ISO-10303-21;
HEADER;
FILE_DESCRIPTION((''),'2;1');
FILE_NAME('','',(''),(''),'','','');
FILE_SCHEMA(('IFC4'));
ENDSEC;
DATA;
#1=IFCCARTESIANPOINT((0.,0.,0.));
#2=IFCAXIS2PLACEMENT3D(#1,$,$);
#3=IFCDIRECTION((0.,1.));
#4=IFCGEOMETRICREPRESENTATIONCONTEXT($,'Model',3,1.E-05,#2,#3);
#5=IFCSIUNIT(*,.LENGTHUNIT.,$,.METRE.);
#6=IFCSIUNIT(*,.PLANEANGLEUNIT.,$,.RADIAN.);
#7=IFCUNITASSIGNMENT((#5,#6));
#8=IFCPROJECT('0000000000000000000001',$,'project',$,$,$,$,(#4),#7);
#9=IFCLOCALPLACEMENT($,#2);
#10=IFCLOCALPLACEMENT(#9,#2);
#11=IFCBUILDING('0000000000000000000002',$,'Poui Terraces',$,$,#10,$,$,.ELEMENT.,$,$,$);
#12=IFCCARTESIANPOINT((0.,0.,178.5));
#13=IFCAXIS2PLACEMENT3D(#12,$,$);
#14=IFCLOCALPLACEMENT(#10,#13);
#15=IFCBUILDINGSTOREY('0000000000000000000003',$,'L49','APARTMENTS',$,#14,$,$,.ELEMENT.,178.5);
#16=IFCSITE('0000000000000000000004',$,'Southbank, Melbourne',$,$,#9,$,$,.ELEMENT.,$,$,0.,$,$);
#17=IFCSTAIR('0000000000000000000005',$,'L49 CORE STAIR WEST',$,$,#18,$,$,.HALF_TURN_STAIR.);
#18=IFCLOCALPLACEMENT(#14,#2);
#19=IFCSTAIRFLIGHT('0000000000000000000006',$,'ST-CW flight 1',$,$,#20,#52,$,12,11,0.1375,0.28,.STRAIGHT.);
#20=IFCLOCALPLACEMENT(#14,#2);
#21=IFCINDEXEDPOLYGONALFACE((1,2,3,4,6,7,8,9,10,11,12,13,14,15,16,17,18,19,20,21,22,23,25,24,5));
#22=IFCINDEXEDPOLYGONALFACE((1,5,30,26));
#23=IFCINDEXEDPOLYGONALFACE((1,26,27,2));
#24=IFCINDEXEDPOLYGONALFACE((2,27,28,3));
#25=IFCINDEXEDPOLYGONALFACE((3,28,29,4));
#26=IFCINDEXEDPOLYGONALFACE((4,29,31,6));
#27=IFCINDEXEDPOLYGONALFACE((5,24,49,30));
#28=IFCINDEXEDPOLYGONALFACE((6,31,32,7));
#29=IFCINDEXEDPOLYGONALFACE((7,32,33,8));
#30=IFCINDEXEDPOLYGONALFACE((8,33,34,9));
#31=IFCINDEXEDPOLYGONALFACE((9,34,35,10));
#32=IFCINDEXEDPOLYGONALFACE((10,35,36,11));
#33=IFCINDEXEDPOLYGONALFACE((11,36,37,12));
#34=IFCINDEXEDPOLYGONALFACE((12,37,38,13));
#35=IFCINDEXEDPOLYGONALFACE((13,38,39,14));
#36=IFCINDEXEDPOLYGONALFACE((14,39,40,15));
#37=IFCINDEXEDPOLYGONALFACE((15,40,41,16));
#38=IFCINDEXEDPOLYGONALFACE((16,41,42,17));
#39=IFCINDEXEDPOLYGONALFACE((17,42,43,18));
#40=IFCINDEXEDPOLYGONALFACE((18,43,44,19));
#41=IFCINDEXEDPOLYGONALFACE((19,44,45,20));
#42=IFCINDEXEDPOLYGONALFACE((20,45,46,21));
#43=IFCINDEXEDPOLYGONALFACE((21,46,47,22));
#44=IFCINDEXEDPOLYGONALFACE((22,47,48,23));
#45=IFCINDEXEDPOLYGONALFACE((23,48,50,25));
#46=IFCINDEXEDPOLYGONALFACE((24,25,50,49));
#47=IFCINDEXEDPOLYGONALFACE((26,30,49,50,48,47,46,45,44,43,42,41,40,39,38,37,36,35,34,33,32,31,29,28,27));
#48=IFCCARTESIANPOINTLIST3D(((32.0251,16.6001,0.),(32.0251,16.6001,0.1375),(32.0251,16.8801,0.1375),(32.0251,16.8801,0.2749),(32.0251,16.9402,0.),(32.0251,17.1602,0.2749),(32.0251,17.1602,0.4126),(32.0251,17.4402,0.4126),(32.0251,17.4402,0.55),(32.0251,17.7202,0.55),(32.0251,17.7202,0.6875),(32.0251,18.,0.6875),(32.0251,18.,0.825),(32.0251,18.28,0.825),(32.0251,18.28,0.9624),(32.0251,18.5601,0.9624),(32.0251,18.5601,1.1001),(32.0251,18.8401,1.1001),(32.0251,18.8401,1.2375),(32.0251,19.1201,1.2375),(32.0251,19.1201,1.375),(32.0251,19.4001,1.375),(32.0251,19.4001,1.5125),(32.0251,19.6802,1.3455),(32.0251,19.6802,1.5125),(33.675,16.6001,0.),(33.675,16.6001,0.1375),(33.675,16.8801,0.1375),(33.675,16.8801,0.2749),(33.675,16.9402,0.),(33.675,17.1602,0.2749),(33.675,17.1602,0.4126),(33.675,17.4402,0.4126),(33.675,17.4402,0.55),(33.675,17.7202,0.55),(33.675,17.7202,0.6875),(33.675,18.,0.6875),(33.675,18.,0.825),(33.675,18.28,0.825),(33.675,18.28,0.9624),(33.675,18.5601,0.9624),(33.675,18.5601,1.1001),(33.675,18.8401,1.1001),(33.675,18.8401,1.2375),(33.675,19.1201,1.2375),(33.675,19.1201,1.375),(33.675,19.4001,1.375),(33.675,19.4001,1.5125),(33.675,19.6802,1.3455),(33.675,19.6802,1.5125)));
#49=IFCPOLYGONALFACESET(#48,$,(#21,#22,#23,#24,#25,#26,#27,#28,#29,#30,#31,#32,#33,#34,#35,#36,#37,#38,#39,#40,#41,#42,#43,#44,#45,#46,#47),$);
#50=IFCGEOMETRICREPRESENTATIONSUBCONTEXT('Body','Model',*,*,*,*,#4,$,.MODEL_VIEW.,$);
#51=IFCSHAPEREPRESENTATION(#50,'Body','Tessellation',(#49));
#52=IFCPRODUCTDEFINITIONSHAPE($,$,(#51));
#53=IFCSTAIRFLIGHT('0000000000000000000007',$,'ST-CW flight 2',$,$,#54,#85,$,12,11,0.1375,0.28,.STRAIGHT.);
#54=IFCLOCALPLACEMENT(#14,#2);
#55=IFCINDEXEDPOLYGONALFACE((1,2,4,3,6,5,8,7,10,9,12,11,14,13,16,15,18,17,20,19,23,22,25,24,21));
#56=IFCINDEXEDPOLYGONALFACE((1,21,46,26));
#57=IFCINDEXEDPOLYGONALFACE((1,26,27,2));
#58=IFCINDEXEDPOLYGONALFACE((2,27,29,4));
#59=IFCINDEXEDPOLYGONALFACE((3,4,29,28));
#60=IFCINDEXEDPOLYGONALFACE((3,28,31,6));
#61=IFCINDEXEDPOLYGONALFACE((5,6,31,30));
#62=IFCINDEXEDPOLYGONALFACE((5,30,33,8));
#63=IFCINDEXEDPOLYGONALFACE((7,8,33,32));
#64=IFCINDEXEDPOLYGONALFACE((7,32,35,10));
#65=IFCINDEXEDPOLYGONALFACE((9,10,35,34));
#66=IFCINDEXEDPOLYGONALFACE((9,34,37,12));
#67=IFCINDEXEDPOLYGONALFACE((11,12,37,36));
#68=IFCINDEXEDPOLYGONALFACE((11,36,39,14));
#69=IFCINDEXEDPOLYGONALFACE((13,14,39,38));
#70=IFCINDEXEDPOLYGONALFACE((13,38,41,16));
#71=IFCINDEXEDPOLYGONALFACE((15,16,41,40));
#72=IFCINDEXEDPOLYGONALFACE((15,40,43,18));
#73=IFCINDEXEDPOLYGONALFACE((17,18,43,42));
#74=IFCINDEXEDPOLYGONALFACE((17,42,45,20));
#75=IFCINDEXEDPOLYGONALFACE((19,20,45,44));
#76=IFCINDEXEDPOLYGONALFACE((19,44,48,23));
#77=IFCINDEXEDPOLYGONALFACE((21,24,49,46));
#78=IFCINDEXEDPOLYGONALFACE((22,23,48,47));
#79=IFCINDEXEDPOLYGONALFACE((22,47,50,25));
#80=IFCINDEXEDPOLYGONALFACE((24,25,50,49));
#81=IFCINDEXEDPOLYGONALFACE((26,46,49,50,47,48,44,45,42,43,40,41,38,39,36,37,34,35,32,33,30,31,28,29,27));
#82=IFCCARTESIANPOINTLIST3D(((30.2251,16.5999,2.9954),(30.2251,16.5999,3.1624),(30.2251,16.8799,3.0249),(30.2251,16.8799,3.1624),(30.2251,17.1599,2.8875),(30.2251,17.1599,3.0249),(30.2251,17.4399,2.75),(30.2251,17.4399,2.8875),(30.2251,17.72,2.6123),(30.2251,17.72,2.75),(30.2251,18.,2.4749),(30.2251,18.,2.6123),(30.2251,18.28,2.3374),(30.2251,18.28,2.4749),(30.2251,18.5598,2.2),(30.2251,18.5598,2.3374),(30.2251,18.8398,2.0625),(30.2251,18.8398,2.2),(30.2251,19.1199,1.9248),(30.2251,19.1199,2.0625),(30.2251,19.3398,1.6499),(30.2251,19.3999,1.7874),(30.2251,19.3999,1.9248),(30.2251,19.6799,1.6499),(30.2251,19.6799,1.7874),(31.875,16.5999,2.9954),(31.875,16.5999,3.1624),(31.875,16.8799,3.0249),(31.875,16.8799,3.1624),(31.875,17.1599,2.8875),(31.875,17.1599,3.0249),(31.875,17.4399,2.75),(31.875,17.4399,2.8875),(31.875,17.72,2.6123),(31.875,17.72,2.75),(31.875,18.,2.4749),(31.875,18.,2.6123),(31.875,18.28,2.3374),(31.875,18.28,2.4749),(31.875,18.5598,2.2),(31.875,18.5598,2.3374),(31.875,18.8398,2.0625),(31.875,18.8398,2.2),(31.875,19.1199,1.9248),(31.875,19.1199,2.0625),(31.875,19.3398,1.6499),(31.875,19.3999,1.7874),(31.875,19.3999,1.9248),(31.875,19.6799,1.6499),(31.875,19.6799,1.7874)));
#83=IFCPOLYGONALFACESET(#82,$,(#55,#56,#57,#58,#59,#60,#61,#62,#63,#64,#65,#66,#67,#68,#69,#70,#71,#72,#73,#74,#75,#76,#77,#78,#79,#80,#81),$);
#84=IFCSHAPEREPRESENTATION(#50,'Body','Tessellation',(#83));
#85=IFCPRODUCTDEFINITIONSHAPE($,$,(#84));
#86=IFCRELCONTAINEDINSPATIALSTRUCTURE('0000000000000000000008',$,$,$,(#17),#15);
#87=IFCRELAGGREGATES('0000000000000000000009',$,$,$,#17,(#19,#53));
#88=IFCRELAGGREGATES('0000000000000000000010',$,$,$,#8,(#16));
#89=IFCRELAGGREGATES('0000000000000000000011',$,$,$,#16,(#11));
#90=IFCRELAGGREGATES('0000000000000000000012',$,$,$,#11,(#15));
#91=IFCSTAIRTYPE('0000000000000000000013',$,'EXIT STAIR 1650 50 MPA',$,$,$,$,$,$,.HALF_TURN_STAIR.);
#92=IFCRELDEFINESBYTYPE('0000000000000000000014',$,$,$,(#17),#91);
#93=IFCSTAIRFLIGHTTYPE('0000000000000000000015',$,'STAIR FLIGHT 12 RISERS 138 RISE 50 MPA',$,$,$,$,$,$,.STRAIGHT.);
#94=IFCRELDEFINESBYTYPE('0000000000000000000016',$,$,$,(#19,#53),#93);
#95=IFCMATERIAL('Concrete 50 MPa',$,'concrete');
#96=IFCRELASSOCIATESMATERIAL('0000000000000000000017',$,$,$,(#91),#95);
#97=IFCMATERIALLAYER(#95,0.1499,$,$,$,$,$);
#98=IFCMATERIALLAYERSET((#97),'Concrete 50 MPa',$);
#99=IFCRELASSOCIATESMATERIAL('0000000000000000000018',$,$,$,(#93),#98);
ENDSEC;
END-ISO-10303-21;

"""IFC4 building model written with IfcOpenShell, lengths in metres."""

from ifc_helpers import new_model, si_unit, direction, frame, origin, place, context, subcontext, project, spatial, polyline, outline, extrude, material, layer, layer_set, type_object, element, aggregate, save


model = new_model("IFC4")

# Units and contexts
model_context = context("Model", 3, precision=1e-05, world=origin(), true_north=direction((0.0, 1.0)))
body_context = subcontext(model_context, "Body", "Model", "MODEL_VIEW")
ifc_project = project(units=[si_unit("LENGTHUNIT", "METRE"), si_unit("PLANEANGLEUNIT", "RADIAN")], contexts=[model_context])

# Site, building, storey
site_placement = place(None, origin())
site = spatial("IfcSite", under=ifc_project, at=site_placement, Name="Southbank, Melbourne", CompositionType="ELEMENT", RefElevation=0.0)
building_placement = place(site_placement, origin())
building = spatial("IfcBuilding", under=site, at=building_placement, Name="Poui Terraces", CompositionType="ELEMENT")
storey_placement = place(building_placement, frame((0.0, 0.0, 178.5)))
storey = spatial("IfcBuildingStorey", under=building, at=storey_placement, Name="L49", Description="APARTMENTS", CompositionType="ELEMENT", Elevation=178.5)

# Shared definitions
ifc_material_1 = material(Name="Concrete 50 MPa", Category="concrete")

# Stair, stair flights
stair_type = type_object("IfcStairType", Name="EXIT STAIR 1650 50 MPA", PredefinedType="HALF_TURN_STAIR", material=ifc_material_1)
stair_placement = place(storey_placement, origin())
stair = element("IfcStair", 1, at=stair_placement, inside=storey, type_object=stair_type, Name="L49 CORE STAIR WEST", PredefinedType="HALF_TURN_STAIR")
ifc_layer_1 = layer(ifc_material_1, 0.1499)
ifc_layer_set_1 = layer_set([ifc_layer_1], Name="Concrete 50 MPa")
stair_flight_type = type_object("IfcStairFlightType", Name="STAIR FLIGHT 12 RISERS 138 RISE 50 MPA", PredefinedType="STRAIGHT", material=ifc_layer_set_1)
stair_flight_1_placement = place(storey_placement, frame((32.8501, 16.6001, 0.0), z_axis=(0.0, 0.0, 1.0), x_axis=(0.0, 1.0, 0.0)))
stair_flight_1 = element("IfcStairFlight", 2, at=stair_flight_1_placement, type_object=stair_flight_type, Name="ST-CW flight 1", NumberOfRisers=12, NumberOfTreads=11, PredefinedType="STRAIGHT", RiserHeight=0.1375, TreadLength=0.28, context=body_context, shape_type="SweptSolid", body=[
    extrude(outline(polyline([(0.0, 0.0), (0.0, 0.1375), (0.28, 0.1375), (0.28, 0.2749), (0.5601, 0.2749), (0.5601, 0.4126), (0.8401, 0.4126), (0.8401, 0.55), (1.1201, 0.55), (1.1201, 0.6875), (1.3999, 0.6875), (1.3999, 0.825), (1.6799, 0.825), (1.6799, 0.9624), (1.96, 0.9624), (1.96, 1.1001), (2.24, 1.1001), (2.24, 1.2375), (2.52, 1.2375), (2.52, 1.375), (2.8, 1.375), (2.8, 1.5125), (3.0801, 1.5125), (3.0801, 1.6499), (3.0801, 1.3455), (0.3401, 0.0), (0.0, 0.0)])), frame((0.0, 0.825, 0.0), z_axis=(0.0, -1.0, 0.0), x_axis=(1.0, 0.0, 0.0)), (0.0, 0.0, 1.0), 1.6499),
])
stair_flight_2_placement = place(storey_placement, frame((31.05, 19.6799, 1.6499), z_axis=(0.0, 0.0, 1.0), x_axis=(0.0, -1.0, 0.0)))
stair_flight_2 = element("IfcStairFlight", 3, at=stair_flight_2_placement, type_object=stair_flight_type, Name="ST-CW flight 2", NumberOfRisers=12, NumberOfTreads=11, PredefinedType="STRAIGHT", RiserHeight=0.1375, TreadLength=0.28, context=body_context, shape_type="SweptSolid", body=[
    extrude(outline(polyline([(0.0, 0.0), (0.0, 0.1375), (0.28, 0.1375), (0.28, 0.2749), (0.5601, 0.2749), (0.5601, 0.4126), (0.8401, 0.4126), (0.8401, 0.55), (1.1201, 0.55), (1.1201, 0.6875), (1.3999, 0.6875), (1.3999, 0.825), (1.6799, 0.825), (1.6799, 0.9624), (1.96, 0.9624), (1.96, 1.1001), (2.24, 1.1001), (2.24, 1.2375), (2.52, 1.2375), (2.52, 1.375), (2.8, 1.375), (2.8, 1.5125), (3.0801, 1.5125), (3.0801, 1.6499), (3.0801, 1.3455), (0.3401, 0.0), (0.0, 0.0)])), frame((0.0, 0.825, 0.0), z_axis=(0.0, -1.0, 0.0), x_axis=(1.0, 0.0, 0.0)), (0.0, 0.0, 1.0), 1.6499),
])
aggregate(stair, [stair_flight_1, stair_flight_2])

save(model, "model.ifc")
